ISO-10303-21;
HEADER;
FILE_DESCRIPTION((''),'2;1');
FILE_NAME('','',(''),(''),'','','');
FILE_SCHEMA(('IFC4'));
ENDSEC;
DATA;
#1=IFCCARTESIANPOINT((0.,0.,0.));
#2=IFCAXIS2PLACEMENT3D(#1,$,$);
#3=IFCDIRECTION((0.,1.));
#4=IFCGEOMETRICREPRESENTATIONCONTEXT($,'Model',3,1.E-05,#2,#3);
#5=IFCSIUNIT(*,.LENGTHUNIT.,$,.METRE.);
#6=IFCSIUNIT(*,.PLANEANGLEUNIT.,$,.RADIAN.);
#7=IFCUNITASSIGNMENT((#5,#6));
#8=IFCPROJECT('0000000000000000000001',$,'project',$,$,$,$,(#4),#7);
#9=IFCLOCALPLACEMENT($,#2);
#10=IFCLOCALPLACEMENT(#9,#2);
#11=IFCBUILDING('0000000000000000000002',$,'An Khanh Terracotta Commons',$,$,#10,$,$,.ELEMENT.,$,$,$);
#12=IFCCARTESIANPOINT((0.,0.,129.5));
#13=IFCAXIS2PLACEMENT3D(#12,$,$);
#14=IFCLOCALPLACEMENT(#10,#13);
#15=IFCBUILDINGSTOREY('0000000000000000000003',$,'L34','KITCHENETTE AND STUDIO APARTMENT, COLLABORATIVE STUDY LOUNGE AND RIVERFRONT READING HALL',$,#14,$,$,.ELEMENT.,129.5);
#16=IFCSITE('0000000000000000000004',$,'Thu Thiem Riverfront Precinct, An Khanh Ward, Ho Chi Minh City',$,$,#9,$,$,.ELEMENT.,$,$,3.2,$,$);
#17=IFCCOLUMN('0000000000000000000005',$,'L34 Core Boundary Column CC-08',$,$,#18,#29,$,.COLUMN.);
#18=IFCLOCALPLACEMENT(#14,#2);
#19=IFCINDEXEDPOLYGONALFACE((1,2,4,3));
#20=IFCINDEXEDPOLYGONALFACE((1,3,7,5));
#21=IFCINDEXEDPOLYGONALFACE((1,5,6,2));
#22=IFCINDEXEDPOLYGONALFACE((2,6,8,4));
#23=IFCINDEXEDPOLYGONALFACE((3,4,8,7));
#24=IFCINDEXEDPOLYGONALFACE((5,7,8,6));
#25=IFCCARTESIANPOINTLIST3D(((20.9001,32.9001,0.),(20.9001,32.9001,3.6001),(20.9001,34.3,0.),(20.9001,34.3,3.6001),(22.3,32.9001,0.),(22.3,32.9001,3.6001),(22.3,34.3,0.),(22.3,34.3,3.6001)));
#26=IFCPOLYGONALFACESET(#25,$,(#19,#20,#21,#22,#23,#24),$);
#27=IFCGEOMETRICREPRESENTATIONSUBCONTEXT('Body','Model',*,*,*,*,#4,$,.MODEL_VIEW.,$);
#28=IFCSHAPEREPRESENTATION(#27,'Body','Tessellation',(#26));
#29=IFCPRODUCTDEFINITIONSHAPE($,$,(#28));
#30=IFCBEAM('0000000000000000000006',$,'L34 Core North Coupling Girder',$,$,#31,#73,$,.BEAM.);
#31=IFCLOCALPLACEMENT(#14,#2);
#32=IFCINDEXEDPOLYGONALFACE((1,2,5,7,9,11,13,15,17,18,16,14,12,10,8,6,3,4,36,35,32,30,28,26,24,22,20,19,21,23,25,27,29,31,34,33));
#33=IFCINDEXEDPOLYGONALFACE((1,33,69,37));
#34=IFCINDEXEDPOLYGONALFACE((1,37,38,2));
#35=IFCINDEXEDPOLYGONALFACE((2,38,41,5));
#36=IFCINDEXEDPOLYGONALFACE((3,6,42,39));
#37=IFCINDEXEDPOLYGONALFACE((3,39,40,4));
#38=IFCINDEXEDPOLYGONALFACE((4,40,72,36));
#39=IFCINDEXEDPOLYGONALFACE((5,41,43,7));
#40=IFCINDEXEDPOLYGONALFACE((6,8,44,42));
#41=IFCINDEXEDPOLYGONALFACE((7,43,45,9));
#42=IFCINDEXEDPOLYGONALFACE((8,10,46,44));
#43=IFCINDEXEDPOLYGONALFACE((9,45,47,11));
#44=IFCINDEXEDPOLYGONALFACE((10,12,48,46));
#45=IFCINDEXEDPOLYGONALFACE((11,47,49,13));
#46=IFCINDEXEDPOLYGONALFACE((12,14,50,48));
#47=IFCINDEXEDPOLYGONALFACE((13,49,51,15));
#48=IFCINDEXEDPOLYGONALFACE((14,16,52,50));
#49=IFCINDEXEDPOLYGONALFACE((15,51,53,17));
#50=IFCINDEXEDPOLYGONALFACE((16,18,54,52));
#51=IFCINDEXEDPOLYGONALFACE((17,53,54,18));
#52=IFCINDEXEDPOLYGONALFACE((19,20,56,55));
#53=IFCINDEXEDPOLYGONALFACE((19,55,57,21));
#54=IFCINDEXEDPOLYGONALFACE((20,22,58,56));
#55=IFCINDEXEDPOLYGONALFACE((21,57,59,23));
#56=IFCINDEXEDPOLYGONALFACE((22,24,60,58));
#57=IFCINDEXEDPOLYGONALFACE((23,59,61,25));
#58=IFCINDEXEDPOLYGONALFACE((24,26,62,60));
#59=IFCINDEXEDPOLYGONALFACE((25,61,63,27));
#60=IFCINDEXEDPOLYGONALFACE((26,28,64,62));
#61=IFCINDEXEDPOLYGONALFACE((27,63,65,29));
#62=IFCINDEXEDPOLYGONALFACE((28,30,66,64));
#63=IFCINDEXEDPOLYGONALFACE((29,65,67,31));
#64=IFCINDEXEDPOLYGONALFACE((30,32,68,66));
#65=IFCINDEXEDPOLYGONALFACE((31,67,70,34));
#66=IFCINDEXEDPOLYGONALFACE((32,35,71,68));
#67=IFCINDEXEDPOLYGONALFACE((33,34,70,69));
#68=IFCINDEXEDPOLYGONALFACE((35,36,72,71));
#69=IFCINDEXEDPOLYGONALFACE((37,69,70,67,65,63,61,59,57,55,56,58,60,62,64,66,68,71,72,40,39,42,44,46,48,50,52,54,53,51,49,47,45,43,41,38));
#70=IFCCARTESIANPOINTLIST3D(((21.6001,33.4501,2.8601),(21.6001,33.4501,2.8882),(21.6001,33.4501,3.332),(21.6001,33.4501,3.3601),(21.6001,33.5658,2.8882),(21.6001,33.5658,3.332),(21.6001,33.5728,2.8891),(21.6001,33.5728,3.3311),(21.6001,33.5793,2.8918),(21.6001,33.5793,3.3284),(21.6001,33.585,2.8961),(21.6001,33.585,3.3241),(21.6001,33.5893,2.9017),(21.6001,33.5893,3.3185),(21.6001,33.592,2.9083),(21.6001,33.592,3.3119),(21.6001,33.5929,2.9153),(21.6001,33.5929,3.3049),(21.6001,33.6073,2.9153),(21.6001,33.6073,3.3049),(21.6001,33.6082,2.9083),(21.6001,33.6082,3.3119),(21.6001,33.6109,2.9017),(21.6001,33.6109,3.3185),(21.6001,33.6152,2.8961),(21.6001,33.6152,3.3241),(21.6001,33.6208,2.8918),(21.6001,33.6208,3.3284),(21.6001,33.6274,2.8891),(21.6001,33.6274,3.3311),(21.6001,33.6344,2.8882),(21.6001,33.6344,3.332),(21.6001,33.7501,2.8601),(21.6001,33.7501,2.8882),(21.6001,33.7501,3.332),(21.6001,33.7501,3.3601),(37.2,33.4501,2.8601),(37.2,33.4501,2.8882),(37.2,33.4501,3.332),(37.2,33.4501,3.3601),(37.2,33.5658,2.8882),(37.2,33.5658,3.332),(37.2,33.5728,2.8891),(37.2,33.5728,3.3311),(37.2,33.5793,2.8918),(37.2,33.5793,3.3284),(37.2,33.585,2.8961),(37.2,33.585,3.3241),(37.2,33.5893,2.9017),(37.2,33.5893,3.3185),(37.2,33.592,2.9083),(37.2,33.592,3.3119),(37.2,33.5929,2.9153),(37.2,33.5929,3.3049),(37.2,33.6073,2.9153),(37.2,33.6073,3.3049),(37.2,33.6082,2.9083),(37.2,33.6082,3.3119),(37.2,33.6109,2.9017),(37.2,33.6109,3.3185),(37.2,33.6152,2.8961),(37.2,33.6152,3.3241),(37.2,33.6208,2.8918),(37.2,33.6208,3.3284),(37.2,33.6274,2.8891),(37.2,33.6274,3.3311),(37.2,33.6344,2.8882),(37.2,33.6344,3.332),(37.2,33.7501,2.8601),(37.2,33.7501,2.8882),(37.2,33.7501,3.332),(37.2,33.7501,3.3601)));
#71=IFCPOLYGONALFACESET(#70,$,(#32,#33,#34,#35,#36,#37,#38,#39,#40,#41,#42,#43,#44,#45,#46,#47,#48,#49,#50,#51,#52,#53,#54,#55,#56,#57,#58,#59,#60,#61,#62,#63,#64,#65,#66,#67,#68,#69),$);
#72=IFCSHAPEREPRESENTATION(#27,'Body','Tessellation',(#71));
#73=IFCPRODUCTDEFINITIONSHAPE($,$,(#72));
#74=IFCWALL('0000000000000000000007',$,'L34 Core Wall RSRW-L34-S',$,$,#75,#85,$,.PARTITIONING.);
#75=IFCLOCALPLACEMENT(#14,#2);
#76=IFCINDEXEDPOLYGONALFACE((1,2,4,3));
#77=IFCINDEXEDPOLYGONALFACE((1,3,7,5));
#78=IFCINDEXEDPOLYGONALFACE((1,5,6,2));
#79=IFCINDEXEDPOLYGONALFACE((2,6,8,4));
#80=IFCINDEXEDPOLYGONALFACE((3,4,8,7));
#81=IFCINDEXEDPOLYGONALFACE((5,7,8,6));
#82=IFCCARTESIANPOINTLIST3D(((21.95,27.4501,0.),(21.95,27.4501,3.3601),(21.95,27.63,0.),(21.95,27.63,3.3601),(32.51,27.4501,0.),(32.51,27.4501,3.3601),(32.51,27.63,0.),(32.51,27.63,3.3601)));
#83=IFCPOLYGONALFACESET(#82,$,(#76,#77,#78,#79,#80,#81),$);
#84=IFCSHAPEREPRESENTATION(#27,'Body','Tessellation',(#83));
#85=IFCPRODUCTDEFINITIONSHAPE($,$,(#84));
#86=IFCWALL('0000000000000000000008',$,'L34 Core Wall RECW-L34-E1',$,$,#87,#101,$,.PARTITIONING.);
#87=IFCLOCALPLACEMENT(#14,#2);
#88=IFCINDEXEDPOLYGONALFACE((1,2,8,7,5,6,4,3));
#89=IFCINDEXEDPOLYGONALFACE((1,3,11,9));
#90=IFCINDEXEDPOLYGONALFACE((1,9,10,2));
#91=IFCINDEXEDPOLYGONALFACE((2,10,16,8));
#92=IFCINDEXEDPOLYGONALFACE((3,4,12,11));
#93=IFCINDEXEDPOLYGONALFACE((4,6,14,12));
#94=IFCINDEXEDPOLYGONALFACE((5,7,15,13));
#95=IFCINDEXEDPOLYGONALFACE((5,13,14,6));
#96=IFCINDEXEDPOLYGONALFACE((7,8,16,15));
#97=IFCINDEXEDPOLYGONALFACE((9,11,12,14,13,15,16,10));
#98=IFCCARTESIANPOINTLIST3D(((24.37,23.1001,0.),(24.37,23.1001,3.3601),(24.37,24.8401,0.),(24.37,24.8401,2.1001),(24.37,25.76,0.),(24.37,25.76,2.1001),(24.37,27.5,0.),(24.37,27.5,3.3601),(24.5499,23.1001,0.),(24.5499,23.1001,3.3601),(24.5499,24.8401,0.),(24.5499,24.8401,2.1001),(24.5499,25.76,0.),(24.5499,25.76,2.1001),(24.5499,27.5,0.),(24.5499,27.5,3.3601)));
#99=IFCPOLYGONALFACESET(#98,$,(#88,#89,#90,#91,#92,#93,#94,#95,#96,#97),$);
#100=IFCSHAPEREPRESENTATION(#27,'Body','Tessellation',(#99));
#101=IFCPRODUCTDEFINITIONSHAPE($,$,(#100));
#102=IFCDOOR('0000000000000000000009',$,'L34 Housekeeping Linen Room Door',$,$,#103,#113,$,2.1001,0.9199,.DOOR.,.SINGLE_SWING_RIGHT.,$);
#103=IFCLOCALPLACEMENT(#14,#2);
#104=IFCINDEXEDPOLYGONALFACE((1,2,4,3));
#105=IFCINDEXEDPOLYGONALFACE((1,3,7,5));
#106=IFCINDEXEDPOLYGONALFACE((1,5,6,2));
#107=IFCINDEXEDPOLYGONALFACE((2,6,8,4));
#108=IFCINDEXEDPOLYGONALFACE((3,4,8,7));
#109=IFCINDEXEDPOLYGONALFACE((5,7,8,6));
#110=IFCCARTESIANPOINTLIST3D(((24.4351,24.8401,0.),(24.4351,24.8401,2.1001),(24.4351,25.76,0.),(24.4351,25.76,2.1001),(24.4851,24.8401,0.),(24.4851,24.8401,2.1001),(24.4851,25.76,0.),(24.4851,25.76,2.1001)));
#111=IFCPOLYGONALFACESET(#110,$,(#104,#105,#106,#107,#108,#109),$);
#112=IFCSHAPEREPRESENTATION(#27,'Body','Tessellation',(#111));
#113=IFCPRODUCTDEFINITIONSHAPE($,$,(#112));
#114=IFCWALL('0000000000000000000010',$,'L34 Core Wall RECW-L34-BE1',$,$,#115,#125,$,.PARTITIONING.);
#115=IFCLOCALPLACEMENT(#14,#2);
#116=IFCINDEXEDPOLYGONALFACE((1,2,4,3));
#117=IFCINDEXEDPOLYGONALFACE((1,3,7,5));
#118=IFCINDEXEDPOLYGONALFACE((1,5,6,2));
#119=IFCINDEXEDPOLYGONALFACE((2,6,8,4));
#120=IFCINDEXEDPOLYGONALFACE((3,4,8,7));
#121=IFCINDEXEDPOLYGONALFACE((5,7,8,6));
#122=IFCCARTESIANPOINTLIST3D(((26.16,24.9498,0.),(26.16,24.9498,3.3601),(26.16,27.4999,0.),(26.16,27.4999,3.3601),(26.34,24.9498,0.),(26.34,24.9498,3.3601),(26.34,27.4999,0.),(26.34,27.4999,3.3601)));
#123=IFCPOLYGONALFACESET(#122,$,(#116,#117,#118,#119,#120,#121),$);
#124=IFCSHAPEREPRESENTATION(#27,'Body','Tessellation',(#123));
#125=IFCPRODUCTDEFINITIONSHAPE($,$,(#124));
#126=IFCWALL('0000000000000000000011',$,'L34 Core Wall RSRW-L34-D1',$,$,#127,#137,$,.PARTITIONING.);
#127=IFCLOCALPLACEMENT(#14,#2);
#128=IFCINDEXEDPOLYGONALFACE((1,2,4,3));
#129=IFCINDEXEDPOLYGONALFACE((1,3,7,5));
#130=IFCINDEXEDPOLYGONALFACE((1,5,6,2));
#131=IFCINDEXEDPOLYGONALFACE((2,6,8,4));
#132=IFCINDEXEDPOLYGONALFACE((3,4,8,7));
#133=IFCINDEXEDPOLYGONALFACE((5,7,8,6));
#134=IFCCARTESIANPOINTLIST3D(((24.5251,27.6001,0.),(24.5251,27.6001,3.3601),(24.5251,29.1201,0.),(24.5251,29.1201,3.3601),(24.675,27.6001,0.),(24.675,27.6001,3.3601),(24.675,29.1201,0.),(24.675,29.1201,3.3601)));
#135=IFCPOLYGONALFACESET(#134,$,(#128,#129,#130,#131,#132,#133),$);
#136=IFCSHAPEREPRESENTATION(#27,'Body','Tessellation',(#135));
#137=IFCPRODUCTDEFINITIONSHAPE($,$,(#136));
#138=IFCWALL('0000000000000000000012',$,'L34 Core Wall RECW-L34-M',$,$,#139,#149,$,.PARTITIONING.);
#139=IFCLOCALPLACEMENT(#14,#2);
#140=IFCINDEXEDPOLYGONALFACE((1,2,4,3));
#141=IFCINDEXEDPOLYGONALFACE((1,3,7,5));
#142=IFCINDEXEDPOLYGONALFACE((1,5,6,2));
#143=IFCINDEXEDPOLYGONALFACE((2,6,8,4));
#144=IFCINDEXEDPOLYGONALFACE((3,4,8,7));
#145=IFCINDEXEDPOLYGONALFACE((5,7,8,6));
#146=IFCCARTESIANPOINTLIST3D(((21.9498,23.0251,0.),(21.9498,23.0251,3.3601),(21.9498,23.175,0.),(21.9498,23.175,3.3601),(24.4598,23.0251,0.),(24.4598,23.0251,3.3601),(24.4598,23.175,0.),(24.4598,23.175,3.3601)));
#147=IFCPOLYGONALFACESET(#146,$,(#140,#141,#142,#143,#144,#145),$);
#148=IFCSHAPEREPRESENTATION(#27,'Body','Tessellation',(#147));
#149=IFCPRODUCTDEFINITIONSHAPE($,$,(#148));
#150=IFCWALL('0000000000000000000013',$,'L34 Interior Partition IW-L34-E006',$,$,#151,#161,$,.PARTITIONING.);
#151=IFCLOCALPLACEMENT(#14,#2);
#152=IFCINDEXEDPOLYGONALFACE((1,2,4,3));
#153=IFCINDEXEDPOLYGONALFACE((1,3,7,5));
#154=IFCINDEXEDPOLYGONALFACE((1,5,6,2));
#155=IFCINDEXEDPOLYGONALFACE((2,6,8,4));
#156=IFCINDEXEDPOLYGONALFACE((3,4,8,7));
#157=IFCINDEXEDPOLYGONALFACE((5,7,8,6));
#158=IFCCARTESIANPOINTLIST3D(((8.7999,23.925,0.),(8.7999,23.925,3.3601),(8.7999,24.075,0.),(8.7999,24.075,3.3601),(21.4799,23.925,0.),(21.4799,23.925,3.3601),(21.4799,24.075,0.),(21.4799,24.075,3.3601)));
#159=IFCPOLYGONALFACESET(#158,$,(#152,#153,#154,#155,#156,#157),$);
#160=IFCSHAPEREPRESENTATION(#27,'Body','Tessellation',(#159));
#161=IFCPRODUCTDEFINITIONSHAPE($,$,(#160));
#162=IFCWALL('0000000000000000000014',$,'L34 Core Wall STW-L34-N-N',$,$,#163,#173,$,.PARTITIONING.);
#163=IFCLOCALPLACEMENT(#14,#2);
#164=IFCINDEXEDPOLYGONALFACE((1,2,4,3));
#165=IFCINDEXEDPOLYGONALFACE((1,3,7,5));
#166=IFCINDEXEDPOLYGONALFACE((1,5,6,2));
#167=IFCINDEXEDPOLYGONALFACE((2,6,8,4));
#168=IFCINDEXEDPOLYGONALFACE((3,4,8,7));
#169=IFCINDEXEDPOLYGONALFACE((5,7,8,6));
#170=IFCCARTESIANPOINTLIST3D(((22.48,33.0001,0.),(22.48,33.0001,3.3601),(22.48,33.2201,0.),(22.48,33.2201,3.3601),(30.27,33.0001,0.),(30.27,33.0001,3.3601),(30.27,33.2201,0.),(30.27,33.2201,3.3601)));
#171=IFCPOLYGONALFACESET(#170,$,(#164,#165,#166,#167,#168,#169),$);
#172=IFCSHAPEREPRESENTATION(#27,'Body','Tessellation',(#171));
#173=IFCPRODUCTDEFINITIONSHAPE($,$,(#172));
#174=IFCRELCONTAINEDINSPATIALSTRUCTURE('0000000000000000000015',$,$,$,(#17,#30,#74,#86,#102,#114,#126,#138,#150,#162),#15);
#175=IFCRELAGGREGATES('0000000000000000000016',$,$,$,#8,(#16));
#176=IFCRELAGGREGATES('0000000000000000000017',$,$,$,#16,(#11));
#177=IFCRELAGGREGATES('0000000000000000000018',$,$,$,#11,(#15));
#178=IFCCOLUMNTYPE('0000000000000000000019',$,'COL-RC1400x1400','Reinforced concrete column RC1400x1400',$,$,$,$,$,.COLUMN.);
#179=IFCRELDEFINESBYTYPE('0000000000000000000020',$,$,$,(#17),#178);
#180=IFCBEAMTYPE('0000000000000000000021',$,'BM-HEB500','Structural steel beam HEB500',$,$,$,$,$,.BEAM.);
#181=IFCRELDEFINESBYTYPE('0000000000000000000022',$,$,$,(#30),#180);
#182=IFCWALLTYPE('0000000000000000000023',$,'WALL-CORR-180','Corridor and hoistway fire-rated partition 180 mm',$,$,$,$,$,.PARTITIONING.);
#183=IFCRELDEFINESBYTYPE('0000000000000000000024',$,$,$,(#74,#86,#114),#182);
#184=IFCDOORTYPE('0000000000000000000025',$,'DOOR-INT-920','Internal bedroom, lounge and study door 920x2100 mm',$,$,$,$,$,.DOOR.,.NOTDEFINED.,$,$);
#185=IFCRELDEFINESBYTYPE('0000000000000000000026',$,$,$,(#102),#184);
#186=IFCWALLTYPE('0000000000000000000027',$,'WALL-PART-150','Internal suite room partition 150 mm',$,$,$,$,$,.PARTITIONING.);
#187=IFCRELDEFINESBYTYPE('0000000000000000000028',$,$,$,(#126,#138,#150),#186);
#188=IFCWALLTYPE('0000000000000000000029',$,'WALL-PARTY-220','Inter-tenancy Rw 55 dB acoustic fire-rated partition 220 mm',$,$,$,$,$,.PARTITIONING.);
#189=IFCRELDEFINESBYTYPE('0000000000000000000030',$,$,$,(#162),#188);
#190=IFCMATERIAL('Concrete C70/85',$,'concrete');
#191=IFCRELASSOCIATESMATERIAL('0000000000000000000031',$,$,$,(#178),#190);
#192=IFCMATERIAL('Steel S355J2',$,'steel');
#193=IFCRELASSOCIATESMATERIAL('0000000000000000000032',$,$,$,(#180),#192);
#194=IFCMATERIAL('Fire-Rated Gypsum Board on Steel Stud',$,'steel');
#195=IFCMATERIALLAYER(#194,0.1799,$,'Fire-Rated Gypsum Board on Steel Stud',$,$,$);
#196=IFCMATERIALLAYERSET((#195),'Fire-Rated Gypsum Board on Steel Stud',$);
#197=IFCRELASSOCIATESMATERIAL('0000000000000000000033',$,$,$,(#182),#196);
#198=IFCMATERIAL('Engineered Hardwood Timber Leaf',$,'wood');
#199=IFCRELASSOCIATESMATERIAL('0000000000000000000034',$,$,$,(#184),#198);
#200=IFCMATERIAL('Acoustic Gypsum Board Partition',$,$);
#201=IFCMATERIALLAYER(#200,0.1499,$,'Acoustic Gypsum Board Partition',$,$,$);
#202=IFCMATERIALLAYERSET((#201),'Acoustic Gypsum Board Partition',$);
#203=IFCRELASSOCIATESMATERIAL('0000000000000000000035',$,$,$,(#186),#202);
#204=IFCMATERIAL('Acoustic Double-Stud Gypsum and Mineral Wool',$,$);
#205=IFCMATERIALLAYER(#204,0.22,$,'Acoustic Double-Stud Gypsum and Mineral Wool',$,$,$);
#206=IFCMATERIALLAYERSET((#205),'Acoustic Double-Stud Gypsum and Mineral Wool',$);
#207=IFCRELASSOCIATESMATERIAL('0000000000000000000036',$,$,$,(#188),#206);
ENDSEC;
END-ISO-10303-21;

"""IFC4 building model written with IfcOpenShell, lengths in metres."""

from ifc_helpers import new_model, si_unit, direction, frame, frame_2d, origin, origin_2d, place, context, subcontext, project, spatial, rectangle, i_section, extrude, material, layer, layer_set, material_profile, profile_set, type_object, element, fill, save


model = new_model("IFC4")

# Units and contexts
model_context = context("Model", 3, precision=1e-05, world=origin(), true_north=direction((0.0, 1.0)))
body_context = subcontext(model_context, "Body", "Model", "MODEL_VIEW")
ifc_project = project(units=[si_unit("LENGTHUNIT", "METRE"), si_unit("PLANEANGLEUNIT", "RADIAN")], contexts=[model_context])

# Site, building, storey
site_placement = place(None, origin())
site = spatial("IfcSite", under=ifc_project, at=site_placement, Name="Thu Thiem Riverfront Precinct, An Khanh Ward, Ho Chi Minh City", CompositionType="ELEMENT", RefElevation=3.2)
building_placement = place(site_placement, origin())
building = spatial("IfcBuilding", under=site, at=building_placement, Name="An Khanh Terracotta Commons", CompositionType="ELEMENT")
storey_placement = place(building_placement, frame((0.0, 0.0, 129.5)))
storey = spatial("IfcBuildingStorey", under=building, at=storey_placement, Name="L34", Description="KITCHENETTE AND STUDIO APARTMENT, COLLABORATIVE STUDY LOUNGE AND RIVERFRONT READING HALL", CompositionType="ELEMENT", Elevation=129.5)

# Column
ifc_material_1 = material(Name="Concrete C70/85", Category="concrete")
ifc_material_profile_1 = material_profile(ifc_material_1, rectangle(XDim=1.3999, YDim=1.3999, at=origin_2d()), Name="RC1400x1400")
ifc_profile_set_1 = profile_set([ifc_material_profile_1], Name="Concrete C70/85")
column_type = type_object("IfcColumnType", Name="COL-RC1400x1400", Description="Reinforced concrete column RC1400x1400", PredefinedType="COLUMN", material=ifc_profile_set_1)
column_placement = place(storey_placement, frame((21.6001, 33.6001, 0.0), z_axis=(0.0, 0.0, 1.0), x_axis=(1.0, 0.0, 0.0)))
element("IfcColumn", 1, at=column_placement, inside=storey, type_object=column_type, Name="L34 Core Boundary Column CC-08", PredefinedType="COLUMN", context=body_context, shape_type="SweptSolid", body=[
    extrude(rectangle(XDim=1.3999, YDim=1.3999, at=origin_2d()), origin(), (0.0, 0.0, 1.0), 3.6001),
])

# Beam
ifc_material_2 = material(Name="Steel S355J2", Category="steel")
ifc_material_profile_2 = material_profile(ifc_material_2, i_section(OverallWidth=0.3, OverallDepth=0.5, WebThickness=0.0144, FlangeThickness=0.0281, FilletRadius=0.0271, at=origin_2d()), Name="HEB500")
ifc_profile_set_2 = profile_set([ifc_material_profile_2], Name="Steel S355J2")
beam_type = type_object("IfcBeamType", Name="BM-HEB500", Description="Structural steel beam HEB500", PredefinedType="BEAM", material=ifc_profile_set_2)
beam_placement = place(storey_placement, frame((21.6001, 33.6001, 3.1101), z_axis=(1.0, 0.0, 0.0), x_axis=(0.0, 1.0, 0.0)))
element("IfcBeam", 2, at=beam_placement, inside=storey, type_object=beam_type, Name="L34 Core North Coupling Girder", PredefinedType="BEAM", context=body_context, shape_type="SweptSolid", body=[
    extrude(i_section(OverallWidth=0.3, OverallDepth=0.5, WebThickness=0.0144, FlangeThickness=0.0281, FilletRadius=0.0271, at=origin_2d()), origin(), (0.0, 0.0, 1.0), 15.5999),
])

# Wall
ifc_material_3 = material(Name="Fire-Rated Gypsum Board on Steel Stud", Category="steel")
ifc_layer_1 = layer(ifc_material_3, 0.1799, Name="Fire-Rated Gypsum Board on Steel Stud")
ifc_layer_set_1 = layer_set([ifc_layer_1], Name="Fire-Rated Gypsum Board on Steel Stud")
wall_type_1 = type_object("IfcWallType", Name="WALL-CORR-180", Description="Corridor and hoistway fire-rated partition 180 mm", PredefinedType="PARTITIONING", material=ifc_layer_set_1)
wall_1_placement = place(storey_placement, frame((21.95, 27.54, 0.0), z_axis=(0.0, 0.0, 1.0), x_axis=(1.0, 0.0, 0.0)))
element("IfcWall", 3, at=wall_1_placement, inside=storey, type_object=wall_type_1, Name="L34 Core Wall RSRW-L34-S", PredefinedType="PARTITIONING", context=body_context, shape_type="SweptSolid", body=[
    extrude(rectangle(XDim=10.5601, YDim=0.1799, at=frame_2d((5.28, 0.0))), origin(), (0.0, 0.0, 1.0), 3.3601),
])

# Wall, opening, door
wall_2_placement = place(storey_placement, frame((24.46, 23.1001, 0.0), z_axis=(0.0, 0.0, 1.0), x_axis=(0.0, 1.0, 0.0)))
wall_2 = element("IfcWall", 4, at=wall_2_placement, inside=storey, type_object=wall_type_1, Name="L34 Core Wall RECW-L34-E1", PredefinedType="PARTITIONING", context=body_context, shape_type="SweptSolid", body=[
    extrude(rectangle(XDim=4.3999, YDim=0.1799, at=frame_2d((2.2, 0.0))), origin(), (0.0, 0.0, 1.0), 3.3601),
])
opening_1_placement = place(wall_2_placement, frame((1.74, 0.0, 0.0)))
opening_1 = element("IfcOpeningElement", 5, at=opening_1_placement, cuts=wall_2, PredefinedType="OPENING", context=body_context, shape_type="SweptSolid", body=[
    extrude(rectangle(XDim=0.9199, YDim=2.1001, at=frame_2d((0.46, 1.05))), frame((0.0, 0.0999, 0.0), z_axis=(0.0, -1.0, 0.0), x_axis=(1.0, 0.0, 0.0)), (0.0, 0.0, 1.0), 0.2),
])
ifc_material_4 = material(Name="Engineered Hardwood Timber Leaf", Category="wood")
door_type_1 = type_object("IfcDoorType", Name="DOOR-INT-920", Description="Internal bedroom, lounge and study door 920x2100 mm", OperationType="NOTDEFINED", PredefinedType="DOOR", material=ifc_material_4)
door_1_placement = place(opening_1_placement, origin())
door_1 = element("IfcDoor", 6, at=door_1_placement, inside=storey, type_object=door_type_1, Name="L34 Housekeeping Linen Room Door", OperationType="SINGLE_SWING_RIGHT", OverallHeight=2.1001, OverallWidth=0.9199, PredefinedType="DOOR", context=body_context, shape_type="SweptSolid", body=[
    extrude(rectangle(XDim=0.9199, YDim=2.1001, at=frame_2d((0.46, 1.05))), frame((0.0, 0.0249, 0.0), z_axis=(0.0, -1.0, 0.0), x_axis=(1.0, 0.0, 0.0)), (0.0, 0.0, 1.0), 0.05),
])
fill(opening_1, door_1)

# Walls
wall_3_placement = place(storey_placement, frame((26.25, 24.95, 0.0), z_axis=(0.0, 0.0, 1.0), x_axis=(0.0, 1.0, 0.0)))
element("IfcWall", 7, at=wall_3_placement, inside=storey, type_object=wall_type_1, Name="L34 Core Wall RECW-L34-BE1", PredefinedType="PARTITIONING", context=body_context, shape_type="SweptSolid", body=[
    extrude(rectangle(XDim=2.55, YDim=0.1799, at=frame_2d((1.2749, 0.0))), origin(), (0.0, 0.0, 1.0), 3.3601),
])
ifc_material_5 = material(Name="Acoustic Gypsum Board Partition")
ifc_layer_2 = layer(ifc_material_5, 0.1499, Name="Acoustic Gypsum Board Partition")
ifc_layer_set_2 = layer_set([ifc_layer_2], Name="Acoustic Gypsum Board Partition")
wall_type_2 = type_object("IfcWallType", Name="WALL-PART-150", Description="Internal suite room partition 150 mm", PredefinedType="PARTITIONING", material=ifc_layer_set_2)
wall_4_placement = place(storey_placement, frame((24.6001, 27.6001, 0.0), z_axis=(0.0, 0.0, 1.0), x_axis=(0.0, 1.0, 0.0)))
element("IfcWall", 8, at=wall_4_placement, inside=storey, type_object=wall_type_2, Name="L34 Core Wall RSRW-L34-D1", PredefinedType="PARTITIONING", context=body_context, shape_type="SweptSolid", body=[
    extrude(rectangle(XDim=1.52, YDim=0.1499, at=frame_2d((0.76, 0.0))), origin(), (0.0, 0.0, 1.0), 3.3601),
])
wall_5_placement = place(storey_placement, frame((21.95, 23.1001, 0.0), z_axis=(0.0, 0.0, 1.0), x_axis=(1.0, 0.0, 0.0)))
element("IfcWall", 9, at=wall_5_placement, inside=storey, type_object=wall_type_2, Name="L34 Core Wall RECW-L34-M", PredefinedType="PARTITIONING", context=body_context, shape_type="SweptSolid", body=[
    extrude(rectangle(XDim=2.51, YDim=0.1499, at=frame_2d((1.2549, 0.0))), origin(), (0.0, 0.0, 1.0), 3.3601),
])
wall_6_placement = place(storey_placement, frame((8.8, 24.0, 0.0), z_axis=(0.0, 0.0, 1.0), x_axis=(1.0, 0.0, 0.0)))
element("IfcWall", 10, at=wall_6_placement, inside=storey, type_object=wall_type_2, Name="L34 Interior Partition IW-L34-E006", PredefinedType="PARTITIONING", context=body_context, shape_type="SweptSolid", body=[
    extrude(rectangle(XDim=12.6799, YDim=0.1499, at=frame_2d((6.3398, 0.0))), origin(), (0.0, 0.0, 1.0), 3.3601),
])
ifc_material_6 = material(Name="Acoustic Double-Stud Gypsum and Mineral Wool")
ifc_layer_3 = layer(ifc_material_6, 0.22, Name="Acoustic Double-Stud Gypsum and Mineral Wool")
ifc_layer_set_3 = layer_set([ifc_layer_3], Name="Acoustic Double-Stud Gypsum and Mineral Wool")
wall_type_3 = type_object("IfcWallType", Name="WALL-PARTY-220", Description="Inter-tenancy Rw 55 dB acoustic fire-rated partition 220 mm", PredefinedType="PARTITIONING", material=ifc_layer_set_3)
wall_7_placement = place(storey_placement, frame((22.48, 33.1101, 0.0), z_axis=(0.0, 0.0, 1.0), x_axis=(1.0, 0.0, 0.0)))
element("IfcWall", 11, at=wall_7_placement, inside=storey, type_object=wall_type_3, Name="L34 Core Wall STW-L34-N-N", PredefinedType="PARTITIONING", context=body_context, shape_type="SweptSolid", body=[
    extrude(rectangle(XDim=7.79, YDim=0.22, at=frame_2d((3.895, 0.0))), origin(), (0.0, 0.0, 1.0), 3.3601),
])

save(model, "model.ifc")
